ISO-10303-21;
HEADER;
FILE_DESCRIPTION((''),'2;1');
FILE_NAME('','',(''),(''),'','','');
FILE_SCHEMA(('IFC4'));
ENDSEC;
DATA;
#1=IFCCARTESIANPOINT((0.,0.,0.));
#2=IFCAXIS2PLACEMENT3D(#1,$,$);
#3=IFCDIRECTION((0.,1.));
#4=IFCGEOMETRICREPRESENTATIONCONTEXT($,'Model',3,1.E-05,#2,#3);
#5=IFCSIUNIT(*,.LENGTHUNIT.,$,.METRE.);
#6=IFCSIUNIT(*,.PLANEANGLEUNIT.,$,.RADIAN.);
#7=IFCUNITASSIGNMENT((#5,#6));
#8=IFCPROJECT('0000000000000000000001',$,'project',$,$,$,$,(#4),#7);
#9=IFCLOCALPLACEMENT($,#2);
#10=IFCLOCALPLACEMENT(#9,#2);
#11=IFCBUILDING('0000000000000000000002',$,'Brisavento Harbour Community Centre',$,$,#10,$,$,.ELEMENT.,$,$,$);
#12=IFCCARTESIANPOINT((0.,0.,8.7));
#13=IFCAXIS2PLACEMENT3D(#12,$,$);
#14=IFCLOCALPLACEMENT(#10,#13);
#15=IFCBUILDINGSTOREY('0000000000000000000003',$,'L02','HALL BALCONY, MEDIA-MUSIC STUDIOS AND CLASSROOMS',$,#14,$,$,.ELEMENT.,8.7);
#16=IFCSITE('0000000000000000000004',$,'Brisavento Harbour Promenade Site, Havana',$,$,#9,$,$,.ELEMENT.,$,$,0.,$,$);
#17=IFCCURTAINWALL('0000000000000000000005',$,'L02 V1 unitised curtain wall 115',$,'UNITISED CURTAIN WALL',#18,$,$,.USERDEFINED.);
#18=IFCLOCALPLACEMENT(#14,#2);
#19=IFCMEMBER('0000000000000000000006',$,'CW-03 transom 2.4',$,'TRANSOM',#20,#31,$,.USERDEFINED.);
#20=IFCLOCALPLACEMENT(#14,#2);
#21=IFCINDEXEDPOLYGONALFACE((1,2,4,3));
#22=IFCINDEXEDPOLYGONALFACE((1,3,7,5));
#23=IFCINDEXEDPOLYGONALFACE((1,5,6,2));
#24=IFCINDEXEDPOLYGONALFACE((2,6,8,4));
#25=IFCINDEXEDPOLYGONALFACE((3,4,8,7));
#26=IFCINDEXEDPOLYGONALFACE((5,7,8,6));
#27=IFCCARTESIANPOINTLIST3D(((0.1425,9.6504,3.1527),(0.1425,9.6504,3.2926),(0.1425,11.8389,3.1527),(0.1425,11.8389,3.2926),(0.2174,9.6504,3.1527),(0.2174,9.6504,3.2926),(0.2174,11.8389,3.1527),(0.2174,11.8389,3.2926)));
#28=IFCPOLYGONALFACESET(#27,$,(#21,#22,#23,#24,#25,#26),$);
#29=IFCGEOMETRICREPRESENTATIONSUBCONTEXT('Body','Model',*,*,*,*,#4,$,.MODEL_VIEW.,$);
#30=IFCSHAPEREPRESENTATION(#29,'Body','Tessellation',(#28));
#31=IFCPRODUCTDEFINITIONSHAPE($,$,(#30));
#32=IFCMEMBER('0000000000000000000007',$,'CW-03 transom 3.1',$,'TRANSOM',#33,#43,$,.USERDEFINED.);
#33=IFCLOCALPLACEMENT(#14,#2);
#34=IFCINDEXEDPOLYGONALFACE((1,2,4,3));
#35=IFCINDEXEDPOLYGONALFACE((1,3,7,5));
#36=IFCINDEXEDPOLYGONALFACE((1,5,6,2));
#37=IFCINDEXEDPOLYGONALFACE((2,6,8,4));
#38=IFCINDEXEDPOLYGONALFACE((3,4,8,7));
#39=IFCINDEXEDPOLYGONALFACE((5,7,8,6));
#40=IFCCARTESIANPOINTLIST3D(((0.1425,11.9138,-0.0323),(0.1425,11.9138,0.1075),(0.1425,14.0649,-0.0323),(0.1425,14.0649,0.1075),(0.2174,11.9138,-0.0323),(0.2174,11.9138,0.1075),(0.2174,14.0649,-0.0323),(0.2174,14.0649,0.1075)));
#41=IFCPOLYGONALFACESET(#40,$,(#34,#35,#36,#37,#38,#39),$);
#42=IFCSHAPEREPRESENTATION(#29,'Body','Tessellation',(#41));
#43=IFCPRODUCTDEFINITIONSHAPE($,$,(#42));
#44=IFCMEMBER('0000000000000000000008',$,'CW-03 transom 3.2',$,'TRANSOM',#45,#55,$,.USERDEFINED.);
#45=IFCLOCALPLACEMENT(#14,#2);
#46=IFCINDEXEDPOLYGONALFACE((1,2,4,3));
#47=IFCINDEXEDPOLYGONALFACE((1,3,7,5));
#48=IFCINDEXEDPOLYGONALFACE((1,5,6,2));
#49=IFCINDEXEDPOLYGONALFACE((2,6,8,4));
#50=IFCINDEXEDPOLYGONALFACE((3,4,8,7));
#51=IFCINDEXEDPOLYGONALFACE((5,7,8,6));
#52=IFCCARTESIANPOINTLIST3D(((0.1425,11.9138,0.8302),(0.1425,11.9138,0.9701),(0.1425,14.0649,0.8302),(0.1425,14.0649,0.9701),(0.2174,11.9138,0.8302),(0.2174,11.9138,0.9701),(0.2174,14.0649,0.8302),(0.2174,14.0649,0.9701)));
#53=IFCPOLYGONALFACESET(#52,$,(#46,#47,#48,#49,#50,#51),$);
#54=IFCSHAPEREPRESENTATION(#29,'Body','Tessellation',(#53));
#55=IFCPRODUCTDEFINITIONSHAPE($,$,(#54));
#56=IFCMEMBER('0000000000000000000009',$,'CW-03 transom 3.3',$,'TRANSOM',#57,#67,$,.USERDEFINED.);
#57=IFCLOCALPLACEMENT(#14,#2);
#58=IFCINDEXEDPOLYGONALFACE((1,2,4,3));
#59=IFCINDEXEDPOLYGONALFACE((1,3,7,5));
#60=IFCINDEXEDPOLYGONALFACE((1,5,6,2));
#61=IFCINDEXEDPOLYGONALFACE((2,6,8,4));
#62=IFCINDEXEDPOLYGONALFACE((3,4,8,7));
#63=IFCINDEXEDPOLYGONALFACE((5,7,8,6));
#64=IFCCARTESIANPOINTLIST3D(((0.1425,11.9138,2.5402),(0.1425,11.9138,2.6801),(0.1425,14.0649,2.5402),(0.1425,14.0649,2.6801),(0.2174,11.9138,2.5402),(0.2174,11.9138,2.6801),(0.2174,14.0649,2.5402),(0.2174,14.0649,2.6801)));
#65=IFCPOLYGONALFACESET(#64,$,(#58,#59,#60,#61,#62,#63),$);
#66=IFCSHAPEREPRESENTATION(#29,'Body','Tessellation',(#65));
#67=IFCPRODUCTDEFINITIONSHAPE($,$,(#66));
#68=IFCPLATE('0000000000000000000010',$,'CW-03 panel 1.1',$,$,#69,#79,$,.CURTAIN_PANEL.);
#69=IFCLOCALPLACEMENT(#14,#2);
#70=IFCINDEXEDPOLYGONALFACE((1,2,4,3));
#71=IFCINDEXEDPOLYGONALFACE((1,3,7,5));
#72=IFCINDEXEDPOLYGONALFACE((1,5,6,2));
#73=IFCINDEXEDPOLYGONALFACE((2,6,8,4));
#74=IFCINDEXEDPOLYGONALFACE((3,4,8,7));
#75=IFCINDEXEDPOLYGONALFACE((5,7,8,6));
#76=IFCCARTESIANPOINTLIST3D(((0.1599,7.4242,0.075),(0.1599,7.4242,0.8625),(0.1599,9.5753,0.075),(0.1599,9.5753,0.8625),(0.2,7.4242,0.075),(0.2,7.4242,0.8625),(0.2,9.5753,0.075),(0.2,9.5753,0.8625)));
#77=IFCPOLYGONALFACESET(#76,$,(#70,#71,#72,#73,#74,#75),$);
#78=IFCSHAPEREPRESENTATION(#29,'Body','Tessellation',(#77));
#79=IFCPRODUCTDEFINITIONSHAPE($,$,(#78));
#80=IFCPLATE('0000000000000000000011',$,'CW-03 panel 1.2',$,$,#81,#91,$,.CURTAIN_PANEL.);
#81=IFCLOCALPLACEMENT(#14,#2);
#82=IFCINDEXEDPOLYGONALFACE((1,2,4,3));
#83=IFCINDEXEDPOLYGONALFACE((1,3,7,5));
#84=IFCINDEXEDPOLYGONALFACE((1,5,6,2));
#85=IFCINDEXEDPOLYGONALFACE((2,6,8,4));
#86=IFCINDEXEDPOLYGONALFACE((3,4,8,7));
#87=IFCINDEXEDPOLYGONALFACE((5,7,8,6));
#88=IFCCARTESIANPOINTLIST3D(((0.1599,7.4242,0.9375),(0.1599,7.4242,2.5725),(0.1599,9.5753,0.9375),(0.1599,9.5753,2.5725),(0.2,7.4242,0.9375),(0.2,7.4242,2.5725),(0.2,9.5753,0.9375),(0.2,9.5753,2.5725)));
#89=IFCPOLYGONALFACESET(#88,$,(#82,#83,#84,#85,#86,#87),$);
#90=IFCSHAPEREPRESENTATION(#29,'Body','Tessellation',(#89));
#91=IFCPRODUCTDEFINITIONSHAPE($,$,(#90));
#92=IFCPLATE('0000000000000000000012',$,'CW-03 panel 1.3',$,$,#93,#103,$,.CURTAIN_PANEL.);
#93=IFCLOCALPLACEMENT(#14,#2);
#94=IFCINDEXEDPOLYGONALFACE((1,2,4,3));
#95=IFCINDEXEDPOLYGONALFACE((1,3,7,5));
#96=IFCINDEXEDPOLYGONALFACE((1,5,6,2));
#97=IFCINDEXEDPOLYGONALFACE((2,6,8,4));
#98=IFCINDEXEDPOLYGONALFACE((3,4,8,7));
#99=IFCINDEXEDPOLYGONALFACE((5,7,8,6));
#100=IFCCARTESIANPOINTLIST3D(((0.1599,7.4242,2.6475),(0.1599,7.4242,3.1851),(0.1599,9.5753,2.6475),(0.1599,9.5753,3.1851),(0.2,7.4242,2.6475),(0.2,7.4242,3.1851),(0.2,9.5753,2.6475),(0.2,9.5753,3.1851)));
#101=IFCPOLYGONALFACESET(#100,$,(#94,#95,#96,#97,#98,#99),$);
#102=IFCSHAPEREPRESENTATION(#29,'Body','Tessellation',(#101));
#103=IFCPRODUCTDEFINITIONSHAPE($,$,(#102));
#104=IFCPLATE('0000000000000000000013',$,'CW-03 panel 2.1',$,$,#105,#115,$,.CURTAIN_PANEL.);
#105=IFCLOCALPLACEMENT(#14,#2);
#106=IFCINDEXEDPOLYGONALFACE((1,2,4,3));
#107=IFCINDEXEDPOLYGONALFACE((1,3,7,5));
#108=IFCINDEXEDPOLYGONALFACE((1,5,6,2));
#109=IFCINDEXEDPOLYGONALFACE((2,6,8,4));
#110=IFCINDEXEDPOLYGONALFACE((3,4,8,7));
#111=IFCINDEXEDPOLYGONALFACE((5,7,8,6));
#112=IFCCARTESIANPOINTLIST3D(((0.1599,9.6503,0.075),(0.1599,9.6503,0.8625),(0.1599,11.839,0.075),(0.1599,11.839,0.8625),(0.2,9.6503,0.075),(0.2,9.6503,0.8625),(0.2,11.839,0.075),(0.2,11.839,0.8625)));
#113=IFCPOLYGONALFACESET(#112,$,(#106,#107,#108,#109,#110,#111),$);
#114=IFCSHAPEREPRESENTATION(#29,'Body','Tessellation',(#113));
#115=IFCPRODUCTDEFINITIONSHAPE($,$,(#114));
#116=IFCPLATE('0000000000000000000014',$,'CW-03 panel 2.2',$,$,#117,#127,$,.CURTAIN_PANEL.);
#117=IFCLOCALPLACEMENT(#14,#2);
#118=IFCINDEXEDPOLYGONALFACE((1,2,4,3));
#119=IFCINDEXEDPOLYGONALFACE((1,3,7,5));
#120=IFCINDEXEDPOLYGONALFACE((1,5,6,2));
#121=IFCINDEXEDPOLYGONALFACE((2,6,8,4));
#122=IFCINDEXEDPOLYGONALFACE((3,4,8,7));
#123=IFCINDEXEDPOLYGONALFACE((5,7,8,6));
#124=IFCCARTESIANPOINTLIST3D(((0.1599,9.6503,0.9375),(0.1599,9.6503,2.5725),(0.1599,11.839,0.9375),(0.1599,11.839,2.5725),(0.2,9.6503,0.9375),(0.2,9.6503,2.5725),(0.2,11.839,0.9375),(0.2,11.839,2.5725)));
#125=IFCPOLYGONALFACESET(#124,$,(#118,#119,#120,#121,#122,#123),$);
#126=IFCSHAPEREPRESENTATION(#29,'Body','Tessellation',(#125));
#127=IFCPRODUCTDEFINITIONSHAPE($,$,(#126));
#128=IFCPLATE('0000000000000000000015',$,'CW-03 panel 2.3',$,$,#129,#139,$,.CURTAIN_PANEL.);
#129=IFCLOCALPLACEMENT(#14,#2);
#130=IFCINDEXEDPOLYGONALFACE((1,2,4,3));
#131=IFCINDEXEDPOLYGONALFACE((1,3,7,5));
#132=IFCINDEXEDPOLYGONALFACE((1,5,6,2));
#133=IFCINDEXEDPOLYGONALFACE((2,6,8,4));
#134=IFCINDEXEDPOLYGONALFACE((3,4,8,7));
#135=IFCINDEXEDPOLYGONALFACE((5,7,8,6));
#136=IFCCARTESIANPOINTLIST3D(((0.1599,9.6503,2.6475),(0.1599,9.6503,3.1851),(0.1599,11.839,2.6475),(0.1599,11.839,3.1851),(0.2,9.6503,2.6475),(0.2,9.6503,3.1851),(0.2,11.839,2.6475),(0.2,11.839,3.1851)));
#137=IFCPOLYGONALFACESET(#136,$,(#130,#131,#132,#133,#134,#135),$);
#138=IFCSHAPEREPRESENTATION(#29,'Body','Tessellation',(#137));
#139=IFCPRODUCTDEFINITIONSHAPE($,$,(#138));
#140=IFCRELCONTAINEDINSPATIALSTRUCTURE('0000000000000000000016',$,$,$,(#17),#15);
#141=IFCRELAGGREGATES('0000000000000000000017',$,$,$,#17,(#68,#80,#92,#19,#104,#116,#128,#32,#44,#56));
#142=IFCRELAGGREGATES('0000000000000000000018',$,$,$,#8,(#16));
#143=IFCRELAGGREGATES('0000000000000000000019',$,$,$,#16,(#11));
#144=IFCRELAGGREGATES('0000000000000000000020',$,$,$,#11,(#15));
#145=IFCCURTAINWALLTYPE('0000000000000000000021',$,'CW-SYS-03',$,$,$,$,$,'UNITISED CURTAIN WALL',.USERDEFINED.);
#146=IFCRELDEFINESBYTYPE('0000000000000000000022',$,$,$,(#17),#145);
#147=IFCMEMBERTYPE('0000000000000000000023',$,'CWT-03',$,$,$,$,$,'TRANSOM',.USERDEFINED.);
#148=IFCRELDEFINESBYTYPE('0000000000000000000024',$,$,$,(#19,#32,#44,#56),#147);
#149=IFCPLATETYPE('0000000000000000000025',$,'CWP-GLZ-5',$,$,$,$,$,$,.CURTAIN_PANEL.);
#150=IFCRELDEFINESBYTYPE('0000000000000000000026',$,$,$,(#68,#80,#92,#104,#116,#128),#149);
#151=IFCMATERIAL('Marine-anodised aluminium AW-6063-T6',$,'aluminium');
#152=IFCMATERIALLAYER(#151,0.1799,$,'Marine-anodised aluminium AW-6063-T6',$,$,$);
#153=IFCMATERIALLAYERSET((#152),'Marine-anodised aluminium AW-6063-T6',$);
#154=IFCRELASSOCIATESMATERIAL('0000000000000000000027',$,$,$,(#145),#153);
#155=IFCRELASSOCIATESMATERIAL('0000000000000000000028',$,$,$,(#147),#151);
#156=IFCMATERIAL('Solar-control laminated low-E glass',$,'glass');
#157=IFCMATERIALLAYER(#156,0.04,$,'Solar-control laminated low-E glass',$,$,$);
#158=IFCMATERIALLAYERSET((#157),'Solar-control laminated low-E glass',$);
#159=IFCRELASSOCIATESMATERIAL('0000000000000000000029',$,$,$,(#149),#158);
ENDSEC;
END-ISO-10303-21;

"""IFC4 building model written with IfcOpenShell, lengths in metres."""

from ifc_helpers import new_model, si_unit, direction, frame, origin, origin_2d, place, context, subcontext, project, spatial, rectangle, extrude, material, layer, layer_set, material_profile, profile_set, type_object, element, aggregate, save


model = new_model("IFC4")

# Units and contexts
model_context = context("Model", 3, precision=1e-05, world=origin(), true_north=direction((0.0, 1.0)))
body_context = subcontext(model_context, "Body", "Model", "MODEL_VIEW")
ifc_project = project(units=[si_unit("LENGTHUNIT", "METRE"), si_unit("PLANEANGLEUNIT", "RADIAN")], contexts=[model_context])

# Site, building, storey
site_placement = place(None, origin())
site = spatial("IfcSite", under=ifc_project, at=site_placement, Name="Brisavento Harbour Promenade Site, Havana", CompositionType="ELEMENT", RefElevation=0.0)
building_placement = place(site_placement, origin())
building = spatial("IfcBuilding", under=site, at=building_placement, Name="Brisavento Harbour Community Centre", CompositionType="ELEMENT")
storey_placement = place(building_placement, frame((0.0, 0.0, 8.7)))
storey = spatial("IfcBuildingStorey", under=building, at=storey_placement, Name="L02", Description="HALL BALCONY, MEDIA-MUSIC STUDIOS AND CLASSROOMS", CompositionType="ELEMENT", Elevation=8.7)

# Curtain wall, members, plates
ifc_material_1 = material(Name="Marine-anodised aluminium AW-6063-T6", Category="aluminium")
ifc_layer_1 = layer(ifc_material_1, 0.1799, Name="Marine-anodised aluminium AW-6063-T6")
ifc_layer_set_1 = layer_set([ifc_layer_1], Name="Marine-anodised aluminium AW-6063-T6")
curtain_wall_type = type_object("IfcCurtainWallType", Name="CW-SYS-03", ElementType="UNITISED CURTAIN WALL", PredefinedType="USERDEFINED", material=ifc_layer_set_1)
curtain_wall_placement = place(storey_placement, origin())
curtain_wall = element("IfcCurtainWall", 1, at=curtain_wall_placement, inside=storey, type_object=curtain_wall_type, Name="L02 V1 unitised curtain wall 115", ObjectType="UNITISED CURTAIN WALL", PredefinedType="USERDEFINED")
ifc_material_profile_1 = material_profile(ifc_material_1, rectangle(XDim=0.075, YDim=0.1399, at=origin_2d()), Name="Marine-anodised aluminium AW-6063-T6")
ifc_profile_set_1 = profile_set([ifc_material_profile_1], Name="Marine-anodised aluminium AW-6063-T6")
member_type_1 = type_object("IfcMemberType", Name="CWT-03", ElementType="TRANSOM", PredefinedType="USERDEFINED", material=ifc_profile_set_1)
member_1_placement = place(storey_placement, frame((0.1799, 9.6504, 3.2227), z_axis=(0.0, 1.0, 0.0), x_axis=(-1.0, 0.0, 0.0)))
member_1 = element("IfcMember", 2, at=member_1_placement, type_object=member_type_1, Name="CW-03 transom 2.4", ObjectType="TRANSOM", PredefinedType="USERDEFINED", context=body_context, shape_type="SweptSolid", body=[
    extrude(rectangle(XDim=0.075, YDim=0.1399, at=origin_2d()), origin(), (0.0, 0.0, 1.0), 2.1885),
])
member_2_placement = place(storey_placement, frame((0.1799, 11.9138, 0.0376), z_axis=(0.0, 1.0, 0.0), x_axis=(-1.0, 0.0, 0.0)))
member_2 = element("IfcMember", 3, at=member_2_placement, type_object=member_type_1, Name="CW-03 transom 3.1", ObjectType="TRANSOM", PredefinedType="USERDEFINED", context=body_context, shape_type="SweptSolid", body=[
    extrude(rectangle(XDim=0.075, YDim=0.1399, at=origin_2d()), origin(), (0.0, 0.0, 1.0), 2.1511),
])
member_3_placement = place(storey_placement, frame((0.1799, 11.9138, 0.9001), z_axis=(0.0, 1.0, 0.0), x_axis=(-1.0, 0.0, 0.0)))
member_3 = element("IfcMember", 4, at=member_3_placement, type_object=member_type_1, Name="CW-03 transom 3.2", ObjectType="TRANSOM", PredefinedType="USERDEFINED", context=body_context, shape_type="SweptSolid", body=[
    extrude(rectangle(XDim=0.075, YDim=0.1399, at=origin_2d()), origin(), (0.0, 0.0, 1.0), 2.1511),
])
member_4_placement = place(storey_placement, frame((0.1799, 11.9138, 2.6101), z_axis=(0.0, 1.0, 0.0), x_axis=(-1.0, 0.0, 0.0)))
member_4 = element("IfcMember", 5, at=member_4_placement, type_object=member_type_1, Name="CW-03 transom 3.3", ObjectType="TRANSOM", PredefinedType="USERDEFINED", context=body_context, shape_type="SweptSolid", body=[
    extrude(rectangle(XDim=0.075, YDim=0.1399, at=origin_2d()), origin(), (0.0, 0.0, 1.0), 2.1511),
])
ifc_material_2 = material(Name="Solar-control laminated low-E glass", Category="glass")
ifc_layer_2 = layer(ifc_material_2, 0.04, Name="Solar-control laminated low-E glass")
ifc_layer_set_2 = layer_set([ifc_layer_2], Name="Solar-control laminated low-E glass")
plate_type = type_object("IfcPlateType", Name="CWP-GLZ-5", PredefinedType="CURTAIN_PANEL", material=ifc_layer_set_2)
plate_1_placement = place(storey_placement, frame((0.1799, 8.4998, 0.075), z_axis=(0.0, 0.0, 1.0), x_axis=(0.0, 1.0, 0.0)))
plate_1 = element("IfcPlate", 6, at=plate_1_placement, type_object=plate_type, Name="CW-03 panel 1.1", PredefinedType="CURTAIN_PANEL", context=body_context, shape_type="SweptSolid", body=[
    extrude(rectangle(XDim=2.1511, YDim=0.04, at=origin_2d()), origin(), (0.0, 0.0, 1.0), 0.7876),
])
plate_2_placement = place(storey_placement, frame((0.1799, 8.4998, 0.9375), z_axis=(0.0, 0.0, 1.0), x_axis=(0.0, 1.0, 0.0)))
plate_2 = element("IfcPlate", 7, at=plate_2_placement, type_object=plate_type, Name="CW-03 panel 1.2", PredefinedType="CURTAIN_PANEL", context=body_context, shape_type="SweptSolid", body=[
    extrude(rectangle(XDim=2.1511, YDim=0.04, at=origin_2d()), origin(), (0.0, 0.0, 1.0), 1.635),
])
plate_3_placement = place(storey_placement, frame((0.1799, 8.4998, 2.6475), z_axis=(0.0, 0.0, 1.0), x_axis=(0.0, 1.0, 0.0)))
plate_3 = element("IfcPlate", 8, at=plate_3_placement, type_object=plate_type, Name="CW-03 panel 1.3", PredefinedType="CURTAIN_PANEL", context=body_context, shape_type="SweptSolid", body=[
    extrude(rectangle(XDim=2.1511, YDim=0.04, at=origin_2d()), origin(), (0.0, 0.0, 1.0), 0.5376),
])
plate_4_placement = place(storey_placement, frame((0.1799, 10.7446, 0.075), z_axis=(0.0, 0.0, 1.0), x_axis=(0.0, 1.0, 0.0)))
plate_4 = element("IfcPlate", 9, at=plate_4_placement, type_object=plate_type, Name="CW-03 panel 2.1", PredefinedType="CURTAIN_PANEL", context=body_context, shape_type="SweptSolid", body=[
    extrude(rectangle(XDim=2.1887, YDim=0.04, at=origin_2d()), origin(), (0.0, 0.0, 1.0), 0.7876),
])
plate_5_placement = place(storey_placement, frame((0.1799, 10.7446, 0.9375), z_axis=(0.0, 0.0, 1.0), x_axis=(0.0, 1.0, 0.0)))
plate_5 = element("IfcPlate", 10, at=plate_5_placement, type_object=plate_type, Name="CW-03 panel 2.2", PredefinedType="CURTAIN_PANEL", context=body_context, shape_type="SweptSolid", body=[
    extrude(rectangle(XDim=2.1887, YDim=0.04, at=origin_2d()), origin(), (0.0, 0.0, 1.0), 1.635),
])
plate_6_placement = place(storey_placement, frame((0.1799, 10.7446, 2.6475), z_axis=(0.0, 0.0, 1.0), x_axis=(0.0, 1.0, 0.0)))
plate_6 = element("IfcPlate", 11, at=plate_6_placement, type_object=plate_type, Name="CW-03 panel 2.3", PredefinedType="CURTAIN_PANEL", context=body_context, shape_type="SweptSolid", body=[
    extrude(rectangle(XDim=2.1887, YDim=0.04, at=origin_2d()), origin(), (0.0, 0.0, 1.0), 0.5376),
])
aggregate(curtain_wall, [plate_1, plate_2, plate_3, member_1, plate_4, plate_5, plate_6, member_2, member_3, member_4])

save(model, "model.ifc")
